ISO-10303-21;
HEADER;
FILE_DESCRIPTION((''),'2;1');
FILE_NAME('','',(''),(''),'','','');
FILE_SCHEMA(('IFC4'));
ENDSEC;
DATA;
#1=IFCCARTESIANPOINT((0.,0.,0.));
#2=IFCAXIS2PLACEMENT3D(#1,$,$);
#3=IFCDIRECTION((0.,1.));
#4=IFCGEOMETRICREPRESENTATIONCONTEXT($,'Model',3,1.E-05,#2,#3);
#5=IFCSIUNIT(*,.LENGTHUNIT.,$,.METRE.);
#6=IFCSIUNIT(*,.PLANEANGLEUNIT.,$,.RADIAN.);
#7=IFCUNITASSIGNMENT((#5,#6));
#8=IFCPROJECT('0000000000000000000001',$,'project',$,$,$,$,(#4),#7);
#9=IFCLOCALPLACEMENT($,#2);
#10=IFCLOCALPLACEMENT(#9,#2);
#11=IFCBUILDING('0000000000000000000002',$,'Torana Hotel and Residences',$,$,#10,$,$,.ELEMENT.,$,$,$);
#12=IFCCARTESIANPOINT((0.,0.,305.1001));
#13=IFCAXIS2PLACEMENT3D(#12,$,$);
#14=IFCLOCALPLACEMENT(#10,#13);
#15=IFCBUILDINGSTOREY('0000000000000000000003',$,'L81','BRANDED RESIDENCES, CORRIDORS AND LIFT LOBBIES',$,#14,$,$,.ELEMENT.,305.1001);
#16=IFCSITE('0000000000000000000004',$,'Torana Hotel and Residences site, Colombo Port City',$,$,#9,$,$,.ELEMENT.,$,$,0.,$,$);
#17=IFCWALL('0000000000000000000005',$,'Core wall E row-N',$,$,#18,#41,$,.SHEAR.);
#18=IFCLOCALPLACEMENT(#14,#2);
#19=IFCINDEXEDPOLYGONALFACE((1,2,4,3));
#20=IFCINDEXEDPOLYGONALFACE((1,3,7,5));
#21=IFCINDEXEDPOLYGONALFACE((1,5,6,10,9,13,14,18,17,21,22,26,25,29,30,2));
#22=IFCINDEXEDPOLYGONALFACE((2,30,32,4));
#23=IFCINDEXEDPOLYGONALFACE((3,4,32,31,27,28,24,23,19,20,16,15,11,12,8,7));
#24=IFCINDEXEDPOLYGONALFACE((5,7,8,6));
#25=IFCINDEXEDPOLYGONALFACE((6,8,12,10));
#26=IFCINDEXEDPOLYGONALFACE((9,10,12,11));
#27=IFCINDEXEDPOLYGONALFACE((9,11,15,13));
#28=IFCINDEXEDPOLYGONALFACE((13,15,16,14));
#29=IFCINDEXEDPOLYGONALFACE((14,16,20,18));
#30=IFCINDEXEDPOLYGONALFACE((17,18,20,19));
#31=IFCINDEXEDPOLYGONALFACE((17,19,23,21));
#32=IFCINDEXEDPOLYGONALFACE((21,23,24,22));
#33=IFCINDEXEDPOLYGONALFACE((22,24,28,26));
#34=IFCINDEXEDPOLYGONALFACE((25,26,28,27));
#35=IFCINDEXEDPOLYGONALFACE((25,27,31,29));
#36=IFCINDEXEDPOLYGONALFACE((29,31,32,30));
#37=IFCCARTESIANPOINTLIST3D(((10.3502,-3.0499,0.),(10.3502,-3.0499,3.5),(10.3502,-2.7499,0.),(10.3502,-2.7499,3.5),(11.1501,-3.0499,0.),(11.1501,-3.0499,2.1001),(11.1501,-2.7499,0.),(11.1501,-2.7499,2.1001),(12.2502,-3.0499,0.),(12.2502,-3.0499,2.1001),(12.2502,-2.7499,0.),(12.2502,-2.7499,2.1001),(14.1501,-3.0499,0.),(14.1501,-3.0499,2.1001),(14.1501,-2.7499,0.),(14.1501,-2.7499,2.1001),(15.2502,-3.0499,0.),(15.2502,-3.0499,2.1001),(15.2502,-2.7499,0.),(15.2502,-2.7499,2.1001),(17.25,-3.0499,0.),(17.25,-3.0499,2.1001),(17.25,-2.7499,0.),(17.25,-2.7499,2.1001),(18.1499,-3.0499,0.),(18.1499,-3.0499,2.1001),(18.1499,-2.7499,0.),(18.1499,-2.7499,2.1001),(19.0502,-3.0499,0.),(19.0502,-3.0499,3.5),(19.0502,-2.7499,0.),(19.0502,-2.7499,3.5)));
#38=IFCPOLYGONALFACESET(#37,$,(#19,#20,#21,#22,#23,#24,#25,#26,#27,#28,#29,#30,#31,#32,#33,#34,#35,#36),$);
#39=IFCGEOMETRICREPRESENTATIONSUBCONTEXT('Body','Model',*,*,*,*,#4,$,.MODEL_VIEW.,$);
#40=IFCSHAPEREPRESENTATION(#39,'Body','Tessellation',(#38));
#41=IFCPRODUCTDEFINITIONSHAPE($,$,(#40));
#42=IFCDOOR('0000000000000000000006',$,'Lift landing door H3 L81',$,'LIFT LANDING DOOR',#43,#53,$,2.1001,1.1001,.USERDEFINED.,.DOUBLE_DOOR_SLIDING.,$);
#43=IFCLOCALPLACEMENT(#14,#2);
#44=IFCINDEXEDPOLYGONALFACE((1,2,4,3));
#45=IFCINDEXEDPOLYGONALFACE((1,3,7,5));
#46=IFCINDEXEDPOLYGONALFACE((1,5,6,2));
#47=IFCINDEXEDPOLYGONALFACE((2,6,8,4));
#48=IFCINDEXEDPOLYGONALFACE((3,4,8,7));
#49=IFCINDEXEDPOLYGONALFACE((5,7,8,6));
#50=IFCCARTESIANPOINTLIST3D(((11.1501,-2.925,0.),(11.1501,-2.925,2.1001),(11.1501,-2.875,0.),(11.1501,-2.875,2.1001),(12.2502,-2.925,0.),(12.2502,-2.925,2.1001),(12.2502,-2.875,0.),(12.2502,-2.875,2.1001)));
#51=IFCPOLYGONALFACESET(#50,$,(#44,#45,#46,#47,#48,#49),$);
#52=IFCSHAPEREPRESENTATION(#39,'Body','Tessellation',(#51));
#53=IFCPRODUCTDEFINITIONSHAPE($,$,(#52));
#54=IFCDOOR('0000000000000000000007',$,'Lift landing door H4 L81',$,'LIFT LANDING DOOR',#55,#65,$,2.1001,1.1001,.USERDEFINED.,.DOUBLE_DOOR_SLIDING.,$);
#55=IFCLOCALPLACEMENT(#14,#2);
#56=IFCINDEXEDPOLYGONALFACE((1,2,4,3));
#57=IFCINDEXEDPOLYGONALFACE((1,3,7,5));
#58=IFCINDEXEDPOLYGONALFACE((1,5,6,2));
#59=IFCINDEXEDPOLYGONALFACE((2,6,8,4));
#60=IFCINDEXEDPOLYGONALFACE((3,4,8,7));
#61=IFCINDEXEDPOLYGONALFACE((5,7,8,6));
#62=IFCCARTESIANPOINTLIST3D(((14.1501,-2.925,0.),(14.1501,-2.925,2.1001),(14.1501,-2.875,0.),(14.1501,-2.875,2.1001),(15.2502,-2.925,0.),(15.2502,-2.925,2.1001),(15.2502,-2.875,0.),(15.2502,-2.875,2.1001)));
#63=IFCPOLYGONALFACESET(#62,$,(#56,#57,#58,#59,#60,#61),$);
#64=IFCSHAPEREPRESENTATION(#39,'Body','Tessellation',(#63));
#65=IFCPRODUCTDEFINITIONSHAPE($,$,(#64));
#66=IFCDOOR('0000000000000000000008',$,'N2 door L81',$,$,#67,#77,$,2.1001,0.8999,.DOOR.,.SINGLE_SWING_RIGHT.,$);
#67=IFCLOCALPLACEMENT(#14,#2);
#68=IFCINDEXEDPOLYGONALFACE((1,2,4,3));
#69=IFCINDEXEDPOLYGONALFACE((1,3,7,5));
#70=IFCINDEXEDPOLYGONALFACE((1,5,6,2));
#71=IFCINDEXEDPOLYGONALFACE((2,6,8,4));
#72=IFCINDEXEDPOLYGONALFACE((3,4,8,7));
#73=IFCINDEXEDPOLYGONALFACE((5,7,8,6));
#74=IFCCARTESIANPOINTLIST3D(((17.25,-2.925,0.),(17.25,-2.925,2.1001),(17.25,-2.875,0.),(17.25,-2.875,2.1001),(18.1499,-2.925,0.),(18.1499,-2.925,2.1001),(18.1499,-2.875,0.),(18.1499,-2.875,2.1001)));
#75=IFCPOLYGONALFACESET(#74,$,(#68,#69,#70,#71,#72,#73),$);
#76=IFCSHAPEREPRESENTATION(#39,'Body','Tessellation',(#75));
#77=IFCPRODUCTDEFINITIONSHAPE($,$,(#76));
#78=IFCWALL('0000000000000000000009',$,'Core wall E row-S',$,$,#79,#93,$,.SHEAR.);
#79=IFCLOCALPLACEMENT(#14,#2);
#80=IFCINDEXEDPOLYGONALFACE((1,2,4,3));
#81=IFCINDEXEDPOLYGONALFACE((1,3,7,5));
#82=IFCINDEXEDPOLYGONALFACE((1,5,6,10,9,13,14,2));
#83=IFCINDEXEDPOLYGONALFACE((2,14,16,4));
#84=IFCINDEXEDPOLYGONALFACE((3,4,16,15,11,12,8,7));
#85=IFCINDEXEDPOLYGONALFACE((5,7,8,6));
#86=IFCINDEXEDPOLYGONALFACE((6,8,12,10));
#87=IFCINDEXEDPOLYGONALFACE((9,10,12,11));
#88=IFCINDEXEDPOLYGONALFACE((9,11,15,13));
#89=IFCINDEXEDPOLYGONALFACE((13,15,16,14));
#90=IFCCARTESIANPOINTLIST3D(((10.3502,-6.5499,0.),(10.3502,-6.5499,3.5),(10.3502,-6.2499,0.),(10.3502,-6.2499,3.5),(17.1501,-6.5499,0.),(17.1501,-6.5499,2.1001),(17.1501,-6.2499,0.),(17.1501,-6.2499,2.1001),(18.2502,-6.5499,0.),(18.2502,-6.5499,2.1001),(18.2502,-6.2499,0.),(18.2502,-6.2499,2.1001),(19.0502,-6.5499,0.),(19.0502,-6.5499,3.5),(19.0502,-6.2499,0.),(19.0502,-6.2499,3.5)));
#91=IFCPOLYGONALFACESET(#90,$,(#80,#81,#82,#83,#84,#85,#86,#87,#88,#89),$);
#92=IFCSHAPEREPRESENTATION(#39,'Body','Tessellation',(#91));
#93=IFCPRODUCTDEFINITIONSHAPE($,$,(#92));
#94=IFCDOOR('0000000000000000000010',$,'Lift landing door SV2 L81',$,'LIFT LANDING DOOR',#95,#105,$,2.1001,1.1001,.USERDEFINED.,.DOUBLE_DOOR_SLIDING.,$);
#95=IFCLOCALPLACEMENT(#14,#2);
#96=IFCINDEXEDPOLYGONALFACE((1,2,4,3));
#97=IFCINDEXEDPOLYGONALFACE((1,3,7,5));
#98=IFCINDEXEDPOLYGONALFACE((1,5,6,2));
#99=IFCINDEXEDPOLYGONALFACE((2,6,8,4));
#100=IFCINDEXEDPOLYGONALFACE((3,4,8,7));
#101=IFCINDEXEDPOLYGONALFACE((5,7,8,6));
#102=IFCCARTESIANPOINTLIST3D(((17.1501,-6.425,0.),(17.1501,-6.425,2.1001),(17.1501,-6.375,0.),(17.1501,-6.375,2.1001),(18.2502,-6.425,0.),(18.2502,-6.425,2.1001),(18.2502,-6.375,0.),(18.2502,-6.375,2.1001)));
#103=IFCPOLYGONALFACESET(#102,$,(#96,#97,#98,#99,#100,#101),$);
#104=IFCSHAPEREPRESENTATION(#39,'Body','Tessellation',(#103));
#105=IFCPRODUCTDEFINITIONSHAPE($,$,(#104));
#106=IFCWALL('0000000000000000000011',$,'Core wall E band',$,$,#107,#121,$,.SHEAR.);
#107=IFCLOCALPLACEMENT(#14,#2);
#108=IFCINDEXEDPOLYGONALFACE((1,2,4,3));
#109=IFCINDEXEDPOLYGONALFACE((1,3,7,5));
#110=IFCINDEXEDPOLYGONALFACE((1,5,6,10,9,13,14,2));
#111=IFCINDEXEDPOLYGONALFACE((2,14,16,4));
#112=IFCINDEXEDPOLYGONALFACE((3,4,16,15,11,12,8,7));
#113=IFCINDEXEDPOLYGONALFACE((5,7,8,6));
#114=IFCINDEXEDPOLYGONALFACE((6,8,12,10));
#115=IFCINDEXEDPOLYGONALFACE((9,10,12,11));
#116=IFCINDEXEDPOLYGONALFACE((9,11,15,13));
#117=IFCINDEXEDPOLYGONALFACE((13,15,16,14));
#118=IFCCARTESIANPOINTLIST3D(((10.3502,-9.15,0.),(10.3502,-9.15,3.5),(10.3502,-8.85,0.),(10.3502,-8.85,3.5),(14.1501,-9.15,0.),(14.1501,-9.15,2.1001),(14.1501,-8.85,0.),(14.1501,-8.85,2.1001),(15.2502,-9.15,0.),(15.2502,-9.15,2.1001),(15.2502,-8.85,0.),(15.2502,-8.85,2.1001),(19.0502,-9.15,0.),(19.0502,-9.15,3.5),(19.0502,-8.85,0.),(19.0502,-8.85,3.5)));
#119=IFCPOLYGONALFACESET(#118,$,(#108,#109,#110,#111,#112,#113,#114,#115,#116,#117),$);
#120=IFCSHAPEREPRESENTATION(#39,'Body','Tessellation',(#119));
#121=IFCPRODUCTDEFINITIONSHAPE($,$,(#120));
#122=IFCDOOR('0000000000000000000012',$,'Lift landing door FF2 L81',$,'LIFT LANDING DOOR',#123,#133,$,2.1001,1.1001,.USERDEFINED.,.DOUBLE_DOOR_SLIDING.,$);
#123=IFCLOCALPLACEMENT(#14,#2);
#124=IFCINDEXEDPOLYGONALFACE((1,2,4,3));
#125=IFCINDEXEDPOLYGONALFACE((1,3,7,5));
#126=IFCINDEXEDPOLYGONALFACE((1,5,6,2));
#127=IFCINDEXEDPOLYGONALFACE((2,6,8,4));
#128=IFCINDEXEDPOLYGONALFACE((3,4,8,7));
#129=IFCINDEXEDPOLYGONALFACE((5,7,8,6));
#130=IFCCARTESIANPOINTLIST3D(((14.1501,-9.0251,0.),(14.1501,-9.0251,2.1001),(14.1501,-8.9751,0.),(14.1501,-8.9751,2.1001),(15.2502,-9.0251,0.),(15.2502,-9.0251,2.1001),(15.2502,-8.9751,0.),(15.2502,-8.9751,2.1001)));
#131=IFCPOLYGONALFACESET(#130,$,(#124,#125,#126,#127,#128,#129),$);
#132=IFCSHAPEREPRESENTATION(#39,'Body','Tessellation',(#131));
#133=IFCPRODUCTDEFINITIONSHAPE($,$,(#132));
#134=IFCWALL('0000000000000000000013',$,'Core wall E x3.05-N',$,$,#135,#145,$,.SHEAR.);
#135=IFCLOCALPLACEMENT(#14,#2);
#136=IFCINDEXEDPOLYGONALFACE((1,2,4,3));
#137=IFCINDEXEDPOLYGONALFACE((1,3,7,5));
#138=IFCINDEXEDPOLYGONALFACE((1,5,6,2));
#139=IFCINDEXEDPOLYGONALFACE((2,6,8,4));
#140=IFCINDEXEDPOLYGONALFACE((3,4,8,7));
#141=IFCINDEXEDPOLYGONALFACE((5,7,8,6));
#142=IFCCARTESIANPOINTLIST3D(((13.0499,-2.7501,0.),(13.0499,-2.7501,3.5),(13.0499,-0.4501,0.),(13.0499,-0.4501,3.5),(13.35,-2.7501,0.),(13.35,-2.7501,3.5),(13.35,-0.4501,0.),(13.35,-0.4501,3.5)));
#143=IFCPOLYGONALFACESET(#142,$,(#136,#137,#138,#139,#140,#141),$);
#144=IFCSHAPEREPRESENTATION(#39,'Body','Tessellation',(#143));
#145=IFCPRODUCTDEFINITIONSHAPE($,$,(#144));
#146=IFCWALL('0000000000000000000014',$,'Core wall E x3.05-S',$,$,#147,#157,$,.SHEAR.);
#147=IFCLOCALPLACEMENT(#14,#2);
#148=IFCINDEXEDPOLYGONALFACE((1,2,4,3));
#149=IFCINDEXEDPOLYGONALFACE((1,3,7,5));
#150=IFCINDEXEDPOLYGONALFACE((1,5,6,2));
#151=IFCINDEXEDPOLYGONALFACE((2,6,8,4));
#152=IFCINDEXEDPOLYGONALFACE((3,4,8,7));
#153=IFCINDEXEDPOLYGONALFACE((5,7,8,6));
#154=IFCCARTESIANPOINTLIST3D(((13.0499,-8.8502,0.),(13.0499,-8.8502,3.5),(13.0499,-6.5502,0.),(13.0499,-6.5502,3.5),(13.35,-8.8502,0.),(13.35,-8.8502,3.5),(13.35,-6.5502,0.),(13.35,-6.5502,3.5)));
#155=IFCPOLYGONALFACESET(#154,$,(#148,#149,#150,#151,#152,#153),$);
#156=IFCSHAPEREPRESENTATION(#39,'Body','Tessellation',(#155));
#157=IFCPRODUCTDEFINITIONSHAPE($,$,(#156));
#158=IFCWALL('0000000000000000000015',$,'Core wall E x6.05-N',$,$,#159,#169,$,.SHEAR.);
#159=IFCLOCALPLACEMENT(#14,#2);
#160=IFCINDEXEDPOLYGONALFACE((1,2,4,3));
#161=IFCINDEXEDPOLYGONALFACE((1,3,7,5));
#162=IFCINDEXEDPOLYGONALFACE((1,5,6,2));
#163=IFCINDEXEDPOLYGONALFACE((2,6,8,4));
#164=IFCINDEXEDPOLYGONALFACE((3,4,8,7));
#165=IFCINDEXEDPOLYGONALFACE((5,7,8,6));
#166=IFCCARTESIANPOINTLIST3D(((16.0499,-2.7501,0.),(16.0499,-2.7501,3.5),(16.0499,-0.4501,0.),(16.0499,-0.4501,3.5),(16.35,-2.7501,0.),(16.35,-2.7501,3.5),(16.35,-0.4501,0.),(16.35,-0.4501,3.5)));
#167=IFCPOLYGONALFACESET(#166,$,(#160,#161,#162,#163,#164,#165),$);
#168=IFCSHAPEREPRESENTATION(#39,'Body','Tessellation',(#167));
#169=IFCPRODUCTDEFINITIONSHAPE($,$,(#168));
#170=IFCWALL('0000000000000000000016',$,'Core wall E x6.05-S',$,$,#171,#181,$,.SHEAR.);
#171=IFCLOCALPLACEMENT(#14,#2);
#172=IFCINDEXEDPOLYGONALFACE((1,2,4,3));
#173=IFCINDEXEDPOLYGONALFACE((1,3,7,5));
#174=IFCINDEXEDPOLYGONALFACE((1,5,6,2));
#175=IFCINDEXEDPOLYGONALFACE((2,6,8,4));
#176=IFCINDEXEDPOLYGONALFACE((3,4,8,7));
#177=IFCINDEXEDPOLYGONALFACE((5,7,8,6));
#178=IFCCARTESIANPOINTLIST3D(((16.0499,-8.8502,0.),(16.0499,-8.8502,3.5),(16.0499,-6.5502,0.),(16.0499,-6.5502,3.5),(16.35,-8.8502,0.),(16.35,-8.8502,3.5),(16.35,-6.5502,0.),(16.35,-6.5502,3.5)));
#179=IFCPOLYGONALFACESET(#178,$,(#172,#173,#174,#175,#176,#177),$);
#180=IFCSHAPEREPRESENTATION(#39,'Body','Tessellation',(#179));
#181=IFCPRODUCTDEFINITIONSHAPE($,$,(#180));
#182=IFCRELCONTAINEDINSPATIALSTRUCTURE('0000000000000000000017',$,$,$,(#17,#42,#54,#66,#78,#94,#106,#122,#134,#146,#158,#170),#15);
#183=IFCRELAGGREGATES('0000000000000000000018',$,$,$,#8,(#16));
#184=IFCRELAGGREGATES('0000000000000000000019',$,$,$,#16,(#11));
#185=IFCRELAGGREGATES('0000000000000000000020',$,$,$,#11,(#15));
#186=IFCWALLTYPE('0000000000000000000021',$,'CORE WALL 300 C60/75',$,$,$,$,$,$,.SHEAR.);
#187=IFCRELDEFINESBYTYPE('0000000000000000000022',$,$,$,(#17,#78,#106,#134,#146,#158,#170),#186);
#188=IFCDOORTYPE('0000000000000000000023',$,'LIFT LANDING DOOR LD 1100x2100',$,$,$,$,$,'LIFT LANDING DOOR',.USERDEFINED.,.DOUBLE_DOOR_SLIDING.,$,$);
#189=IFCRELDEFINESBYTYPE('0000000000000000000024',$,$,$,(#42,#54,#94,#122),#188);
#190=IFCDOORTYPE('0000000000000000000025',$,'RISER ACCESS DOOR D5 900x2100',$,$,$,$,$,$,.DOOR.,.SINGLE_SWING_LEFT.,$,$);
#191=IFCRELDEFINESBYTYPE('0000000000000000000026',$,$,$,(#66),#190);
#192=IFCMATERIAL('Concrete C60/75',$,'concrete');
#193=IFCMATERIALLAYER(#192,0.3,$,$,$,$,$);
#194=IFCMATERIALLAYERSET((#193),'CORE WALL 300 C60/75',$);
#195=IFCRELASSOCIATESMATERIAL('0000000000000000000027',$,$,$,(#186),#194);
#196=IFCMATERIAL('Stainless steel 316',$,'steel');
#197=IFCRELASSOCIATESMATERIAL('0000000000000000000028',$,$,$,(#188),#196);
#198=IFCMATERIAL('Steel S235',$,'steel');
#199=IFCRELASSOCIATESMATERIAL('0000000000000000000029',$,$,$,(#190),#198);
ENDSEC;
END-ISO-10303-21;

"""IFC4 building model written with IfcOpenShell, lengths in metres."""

from ifc_helpers import new_model, si_unit, direction, frame, frame_2d, origin, place, context, subcontext, project, spatial, rectangle, extrude, material, layer, layer_set, type_object, element, fill, save


model = new_model("IFC4")

# Units and contexts
model_context = context("Model", 3, precision=1e-05, world=origin(), true_north=direction((0.0, 1.0)))
body_context = subcontext(model_context, "Body", "Model", "MODEL_VIEW")
ifc_project = project(units=[si_unit("LENGTHUNIT", "METRE"), si_unit("PLANEANGLEUNIT", "RADIAN")], contexts=[model_context])

# Site, building, storey
site_placement = place(None, origin())
site = spatial("IfcSite", under=ifc_project, at=site_placement, Name="Torana Hotel and Residences site, Colombo Port City", CompositionType="ELEMENT", RefElevation=0.0)
building_placement = place(site_placement, origin())
building = spatial("IfcBuilding", under=site, at=building_placement, Name="Torana Hotel and Residences", CompositionType="ELEMENT")
storey_placement = place(building_placement, frame((0.0, 0.0, 305.1001)))
storey = spatial("IfcBuildingStorey", under=building, at=storey_placement, Name="L81", Description="BRANDED RESIDENCES, CORRIDORS AND LIFT LOBBIES", CompositionType="ELEMENT", Elevation=305.1001)

# Wall, openings, doors
ifc_material_1 = material(Name="Concrete C60/75", Category="concrete")
ifc_layer_1 = layer(ifc_material_1, 0.3)
ifc_layer_set_1 = layer_set([ifc_layer_1], Name="CORE WALL 300 C60/75")
wall_type_1 = type_object("IfcWallType", Name="CORE WALL 300 C60/75", PredefinedType="SHEAR", material=ifc_layer_set_1)
wall_1_placement = place(storey_placement, frame((10.3501, -2.8999, 0.0), z_axis=(0.0, 0.0, 1.0), x_axis=(1.0, 0.0, 0.0)))
wall_1 = element("IfcWall", 1, at=wall_1_placement, inside=storey, type_object=wall_type_1, Name="Core wall E row-N", PredefinedType="SHEAR", context=body_context, shape_type="SweptSolid", body=[
    extrude(rectangle(XDim=8.7, YDim=0.3, at=frame_2d((4.3501, 0.0))), origin(), (0.0, 0.0, 1.0), 3.5),
])
opening_1_placement = place(wall_1_placement, frame((0.8, 0.0, 0.0)))
opening_1 = element("IfcOpeningElement", 2, at=opening_1_placement, cuts=wall_1, PredefinedType="OPENING", context=body_context, shape_type="SweptSolid", body=[
    extrude(rectangle(XDim=1.1001, YDim=2.1001, at=frame_2d((0.55, 1.05))), frame((0.0, 0.1599, 0.0), z_axis=(0.0, -1.0, 0.0), x_axis=(1.0, 0.0, 0.0)), (0.0, 0.0, 1.0), 0.3201),
])
opening_2_placement = place(wall_1_placement, frame((3.8, 0.0, 0.0)))
opening_2 = element("IfcOpeningElement", 3, at=opening_2_placement, cuts=wall_1, PredefinedType="OPENING", context=body_context, shape_type="SweptSolid", body=[
    extrude(rectangle(XDim=1.1001, YDim=2.1001, at=frame_2d((0.55, 1.05))), frame((0.0, 0.1599, 0.0), z_axis=(0.0, -1.0, 0.0), x_axis=(1.0, 0.0, 0.0)), (0.0, 0.0, 1.0), 0.3201),
])
opening_3_placement = place(wall_1_placement, frame((6.8999, 0.0, 0.0)))
opening_3 = element("IfcOpeningElement", 4, at=opening_3_placement, cuts=wall_1, PredefinedType="OPENING", context=body_context, shape_type="SweptSolid", body=[
    extrude(rectangle(XDim=0.8999, YDim=2.1001, at=frame_2d((0.45, 1.05))), frame((0.0, 0.1599, 0.0), z_axis=(0.0, -1.0, 0.0), x_axis=(1.0, 0.0, 0.0)), (0.0, 0.0, 1.0), 0.3201),
])
ifc_material_2 = material(Name="Stainless steel 316", Category="steel")
door_type_1 = type_object("IfcDoorType", Name="LIFT LANDING DOOR LD 1100x2100", ElementType="LIFT LANDING DOOR", OperationType="DOUBLE_DOOR_SLIDING", PredefinedType="USERDEFINED", material=ifc_material_2)
door_1_placement = place(opening_1_placement, origin())
door_1 = element("IfcDoor", 5, at=door_1_placement, inside=storey, type_object=door_type_1, Name="Lift landing door H3 L81", ObjectType="LIFT LANDING DOOR", OperationType="DOUBLE_DOOR_SLIDING", OverallHeight=2.1001, OverallWidth=1.1001, PredefinedType="USERDEFINED", context=body_context, shape_type="SweptSolid", body=[
    extrude(rectangle(XDim=1.1001, YDim=2.1001, at=frame_2d((0.55, 1.05))), frame((0.0, 0.0249, 0.0), z_axis=(0.0, -1.0, 0.0), x_axis=(1.0, 0.0, 0.0)), (0.0, 0.0, 1.0), 0.05),
])
fill(opening_1, door_1)
door_2_placement = place(opening_2_placement, origin())
door_2 = element("IfcDoor", 6, at=door_2_placement, inside=storey, type_object=door_type_1, Name="Lift landing door H4 L81", ObjectType="LIFT LANDING DOOR", OperationType="DOUBLE_DOOR_SLIDING", OverallHeight=2.1001, OverallWidth=1.1001, PredefinedType="USERDEFINED", context=body_context, shape_type="SweptSolid", body=[
    extrude(rectangle(XDim=1.1001, YDim=2.1001, at=frame_2d((0.55, 1.05))), frame((0.0, 0.0249, 0.0), z_axis=(0.0, -1.0, 0.0), x_axis=(1.0, 0.0, 0.0)), (0.0, 0.0, 1.0), 0.05),
])
fill(opening_2, door_2)
ifc_material_3 = material(Name="Steel S235", Category="steel")
door_type_2 = type_object("IfcDoorType", Name="RISER ACCESS DOOR D5 900x2100", OperationType="SINGLE_SWING_LEFT", PredefinedType="DOOR", material=ifc_material_3)
door_3_placement = place(opening_3_placement, origin())
door_3 = element("IfcDoor", 7, at=door_3_placement, inside=storey, type_object=door_type_2, Name="N2 door L81", OperationType="SINGLE_SWING_RIGHT", OverallHeight=2.1001, OverallWidth=0.8999, PredefinedType="DOOR", context=body_context, shape_type="SweptSolid", body=[
    extrude(rectangle(XDim=0.8999, YDim=2.1001, at=frame_2d((0.45, 1.05))), frame((0.0, 0.0249, 0.0), z_axis=(0.0, -1.0, 0.0), x_axis=(1.0, 0.0, 0.0)), (0.0, 0.0, 1.0), 0.05),
])
fill(opening_3, door_3)

# Walls, openings, doors
wall_2_placement = place(storey_placement, frame((10.3501, -6.3999, 0.0), z_axis=(0.0, 0.0, 1.0), x_axis=(1.0, 0.0, 0.0)))
wall_2 = element("IfcWall", 8, at=wall_2_placement, inside=storey, type_object=wall_type_1, Name="Core wall E row-S", PredefinedType="SHEAR", context=body_context, shape_type="SweptSolid", body=[
    extrude(rectangle(XDim=8.7, YDim=0.3, at=frame_2d((4.3501, 0.0))), origin(), (0.0, 0.0, 1.0), 3.5),
])
opening_4_placement = place(wall_2_placement, frame((6.8, 0.0, 0.0)))
opening_4 = element("IfcOpeningElement", 9, at=opening_4_placement, cuts=wall_2, PredefinedType="OPENING", context=body_context, shape_type="SweptSolid", body=[
    extrude(rectangle(XDim=1.1001, YDim=2.1001, at=frame_2d((0.55, 1.05))), frame((0.0, 0.1599, 0.0), z_axis=(0.0, -1.0, 0.0), x_axis=(1.0, 0.0, 0.0)), (0.0, 0.0, 1.0), 0.3201),
])
door_4_placement = place(opening_4_placement, origin())
door_4 = element("IfcDoor", 10, at=door_4_placement, inside=storey, type_object=door_type_1, Name="Lift landing door SV2 L81", ObjectType="LIFT LANDING DOOR", OperationType="DOUBLE_DOOR_SLIDING", OverallHeight=2.1001, OverallWidth=1.1001, PredefinedType="USERDEFINED", context=body_context, shape_type="SweptSolid", body=[
    extrude(rectangle(XDim=1.1001, YDim=2.1001, at=frame_2d((0.55, 1.05))), frame((0.0, 0.0249, 0.0), z_axis=(0.0, -1.0, 0.0), x_axis=(1.0, 0.0, 0.0)), (0.0, 0.0, 1.0), 0.05),
])
fill(opening_4, door_4)
wall_3_placement = place(storey_placement, frame((10.3501, -9.0, 0.0), z_axis=(0.0, 0.0, 1.0), x_axis=(1.0, 0.0, 0.0)))
wall_3 = element("IfcWall", 11, at=wall_3_placement, inside=storey, type_object=wall_type_1, Name="Core wall E band", PredefinedType="SHEAR", context=body_context, shape_type="SweptSolid", body=[
    extrude(rectangle(XDim=8.7, YDim=0.3, at=frame_2d((4.3501, 0.0))), origin(), (0.0, 0.0, 1.0), 3.5),
])
opening_5_placement = place(wall_3_placement, frame((3.8, 0.0, 0.0)))
opening_5 = element("IfcOpeningElement", 12, at=opening_5_placement, cuts=wall_3, PredefinedType="OPENING", context=body_context, shape_type="SweptSolid", body=[
    extrude(rectangle(XDim=1.1001, YDim=2.1001, at=frame_2d((0.55, 1.05))), frame((0.0, 0.1599, 0.0), z_axis=(0.0, -1.0, 0.0), x_axis=(1.0, 0.0, 0.0)), (0.0, 0.0, 1.0), 0.3201),
])
door_5_placement = place(opening_5_placement, origin())
door_5 = element("IfcDoor", 13, at=door_5_placement, inside=storey, type_object=door_type_1, Name="Lift landing door FF2 L81", ObjectType="LIFT LANDING DOOR", OperationType="DOUBLE_DOOR_SLIDING", OverallHeight=2.1001, OverallWidth=1.1001, PredefinedType="USERDEFINED", context=body_context, shape_type="SweptSolid", body=[
    extrude(rectangle(XDim=1.1001, YDim=2.1001, at=frame_2d((0.55, 1.05))), frame((0.0, 0.0249, 0.0), z_axis=(0.0, -1.0, 0.0), x_axis=(1.0, 0.0, 0.0)), (0.0, 0.0, 1.0), 0.05),
])
fill(opening_5, door_5)

# Walls
for number, where, z_axis, x_axis, name in (
    (14, (13.2, -2.75, 0.0), (0.0, 0.0, 1.0), (0.0, 1.0, 0.0), "Core wall E x3.05-N"),
    (15, (13.2, -8.8501, 0.0), (0.0, 0.0, 1.0), (0.0, 1.0, 0.0), "Core wall E x3.05-S"),
    (16, (16.2, -2.75, 0.0), (0.0, 0.0, 1.0), (0.0, 1.0, 0.0), "Core wall E x6.05-N"),
    (17, (16.2, -8.8501, 0.0), (0.0, 0.0, 1.0), (0.0, 1.0, 0.0), "Core wall E x6.05-S"),
):
    element("IfcWall", number, at=place(storey_placement, frame(where, z_axis=z_axis, x_axis=x_axis)), inside=storey, type_object=wall_type_1, Name=name, PredefinedType="SHEAR", context=body_context, shape_type="SweptSolid", body=[
        extrude(rectangle(XDim=2.3, YDim=0.3, at=frame_2d((1.1499, 0.0))), origin(), (0.0, 0.0, 1.0), 3.5),
    ])

save(model, "model.ifc")
